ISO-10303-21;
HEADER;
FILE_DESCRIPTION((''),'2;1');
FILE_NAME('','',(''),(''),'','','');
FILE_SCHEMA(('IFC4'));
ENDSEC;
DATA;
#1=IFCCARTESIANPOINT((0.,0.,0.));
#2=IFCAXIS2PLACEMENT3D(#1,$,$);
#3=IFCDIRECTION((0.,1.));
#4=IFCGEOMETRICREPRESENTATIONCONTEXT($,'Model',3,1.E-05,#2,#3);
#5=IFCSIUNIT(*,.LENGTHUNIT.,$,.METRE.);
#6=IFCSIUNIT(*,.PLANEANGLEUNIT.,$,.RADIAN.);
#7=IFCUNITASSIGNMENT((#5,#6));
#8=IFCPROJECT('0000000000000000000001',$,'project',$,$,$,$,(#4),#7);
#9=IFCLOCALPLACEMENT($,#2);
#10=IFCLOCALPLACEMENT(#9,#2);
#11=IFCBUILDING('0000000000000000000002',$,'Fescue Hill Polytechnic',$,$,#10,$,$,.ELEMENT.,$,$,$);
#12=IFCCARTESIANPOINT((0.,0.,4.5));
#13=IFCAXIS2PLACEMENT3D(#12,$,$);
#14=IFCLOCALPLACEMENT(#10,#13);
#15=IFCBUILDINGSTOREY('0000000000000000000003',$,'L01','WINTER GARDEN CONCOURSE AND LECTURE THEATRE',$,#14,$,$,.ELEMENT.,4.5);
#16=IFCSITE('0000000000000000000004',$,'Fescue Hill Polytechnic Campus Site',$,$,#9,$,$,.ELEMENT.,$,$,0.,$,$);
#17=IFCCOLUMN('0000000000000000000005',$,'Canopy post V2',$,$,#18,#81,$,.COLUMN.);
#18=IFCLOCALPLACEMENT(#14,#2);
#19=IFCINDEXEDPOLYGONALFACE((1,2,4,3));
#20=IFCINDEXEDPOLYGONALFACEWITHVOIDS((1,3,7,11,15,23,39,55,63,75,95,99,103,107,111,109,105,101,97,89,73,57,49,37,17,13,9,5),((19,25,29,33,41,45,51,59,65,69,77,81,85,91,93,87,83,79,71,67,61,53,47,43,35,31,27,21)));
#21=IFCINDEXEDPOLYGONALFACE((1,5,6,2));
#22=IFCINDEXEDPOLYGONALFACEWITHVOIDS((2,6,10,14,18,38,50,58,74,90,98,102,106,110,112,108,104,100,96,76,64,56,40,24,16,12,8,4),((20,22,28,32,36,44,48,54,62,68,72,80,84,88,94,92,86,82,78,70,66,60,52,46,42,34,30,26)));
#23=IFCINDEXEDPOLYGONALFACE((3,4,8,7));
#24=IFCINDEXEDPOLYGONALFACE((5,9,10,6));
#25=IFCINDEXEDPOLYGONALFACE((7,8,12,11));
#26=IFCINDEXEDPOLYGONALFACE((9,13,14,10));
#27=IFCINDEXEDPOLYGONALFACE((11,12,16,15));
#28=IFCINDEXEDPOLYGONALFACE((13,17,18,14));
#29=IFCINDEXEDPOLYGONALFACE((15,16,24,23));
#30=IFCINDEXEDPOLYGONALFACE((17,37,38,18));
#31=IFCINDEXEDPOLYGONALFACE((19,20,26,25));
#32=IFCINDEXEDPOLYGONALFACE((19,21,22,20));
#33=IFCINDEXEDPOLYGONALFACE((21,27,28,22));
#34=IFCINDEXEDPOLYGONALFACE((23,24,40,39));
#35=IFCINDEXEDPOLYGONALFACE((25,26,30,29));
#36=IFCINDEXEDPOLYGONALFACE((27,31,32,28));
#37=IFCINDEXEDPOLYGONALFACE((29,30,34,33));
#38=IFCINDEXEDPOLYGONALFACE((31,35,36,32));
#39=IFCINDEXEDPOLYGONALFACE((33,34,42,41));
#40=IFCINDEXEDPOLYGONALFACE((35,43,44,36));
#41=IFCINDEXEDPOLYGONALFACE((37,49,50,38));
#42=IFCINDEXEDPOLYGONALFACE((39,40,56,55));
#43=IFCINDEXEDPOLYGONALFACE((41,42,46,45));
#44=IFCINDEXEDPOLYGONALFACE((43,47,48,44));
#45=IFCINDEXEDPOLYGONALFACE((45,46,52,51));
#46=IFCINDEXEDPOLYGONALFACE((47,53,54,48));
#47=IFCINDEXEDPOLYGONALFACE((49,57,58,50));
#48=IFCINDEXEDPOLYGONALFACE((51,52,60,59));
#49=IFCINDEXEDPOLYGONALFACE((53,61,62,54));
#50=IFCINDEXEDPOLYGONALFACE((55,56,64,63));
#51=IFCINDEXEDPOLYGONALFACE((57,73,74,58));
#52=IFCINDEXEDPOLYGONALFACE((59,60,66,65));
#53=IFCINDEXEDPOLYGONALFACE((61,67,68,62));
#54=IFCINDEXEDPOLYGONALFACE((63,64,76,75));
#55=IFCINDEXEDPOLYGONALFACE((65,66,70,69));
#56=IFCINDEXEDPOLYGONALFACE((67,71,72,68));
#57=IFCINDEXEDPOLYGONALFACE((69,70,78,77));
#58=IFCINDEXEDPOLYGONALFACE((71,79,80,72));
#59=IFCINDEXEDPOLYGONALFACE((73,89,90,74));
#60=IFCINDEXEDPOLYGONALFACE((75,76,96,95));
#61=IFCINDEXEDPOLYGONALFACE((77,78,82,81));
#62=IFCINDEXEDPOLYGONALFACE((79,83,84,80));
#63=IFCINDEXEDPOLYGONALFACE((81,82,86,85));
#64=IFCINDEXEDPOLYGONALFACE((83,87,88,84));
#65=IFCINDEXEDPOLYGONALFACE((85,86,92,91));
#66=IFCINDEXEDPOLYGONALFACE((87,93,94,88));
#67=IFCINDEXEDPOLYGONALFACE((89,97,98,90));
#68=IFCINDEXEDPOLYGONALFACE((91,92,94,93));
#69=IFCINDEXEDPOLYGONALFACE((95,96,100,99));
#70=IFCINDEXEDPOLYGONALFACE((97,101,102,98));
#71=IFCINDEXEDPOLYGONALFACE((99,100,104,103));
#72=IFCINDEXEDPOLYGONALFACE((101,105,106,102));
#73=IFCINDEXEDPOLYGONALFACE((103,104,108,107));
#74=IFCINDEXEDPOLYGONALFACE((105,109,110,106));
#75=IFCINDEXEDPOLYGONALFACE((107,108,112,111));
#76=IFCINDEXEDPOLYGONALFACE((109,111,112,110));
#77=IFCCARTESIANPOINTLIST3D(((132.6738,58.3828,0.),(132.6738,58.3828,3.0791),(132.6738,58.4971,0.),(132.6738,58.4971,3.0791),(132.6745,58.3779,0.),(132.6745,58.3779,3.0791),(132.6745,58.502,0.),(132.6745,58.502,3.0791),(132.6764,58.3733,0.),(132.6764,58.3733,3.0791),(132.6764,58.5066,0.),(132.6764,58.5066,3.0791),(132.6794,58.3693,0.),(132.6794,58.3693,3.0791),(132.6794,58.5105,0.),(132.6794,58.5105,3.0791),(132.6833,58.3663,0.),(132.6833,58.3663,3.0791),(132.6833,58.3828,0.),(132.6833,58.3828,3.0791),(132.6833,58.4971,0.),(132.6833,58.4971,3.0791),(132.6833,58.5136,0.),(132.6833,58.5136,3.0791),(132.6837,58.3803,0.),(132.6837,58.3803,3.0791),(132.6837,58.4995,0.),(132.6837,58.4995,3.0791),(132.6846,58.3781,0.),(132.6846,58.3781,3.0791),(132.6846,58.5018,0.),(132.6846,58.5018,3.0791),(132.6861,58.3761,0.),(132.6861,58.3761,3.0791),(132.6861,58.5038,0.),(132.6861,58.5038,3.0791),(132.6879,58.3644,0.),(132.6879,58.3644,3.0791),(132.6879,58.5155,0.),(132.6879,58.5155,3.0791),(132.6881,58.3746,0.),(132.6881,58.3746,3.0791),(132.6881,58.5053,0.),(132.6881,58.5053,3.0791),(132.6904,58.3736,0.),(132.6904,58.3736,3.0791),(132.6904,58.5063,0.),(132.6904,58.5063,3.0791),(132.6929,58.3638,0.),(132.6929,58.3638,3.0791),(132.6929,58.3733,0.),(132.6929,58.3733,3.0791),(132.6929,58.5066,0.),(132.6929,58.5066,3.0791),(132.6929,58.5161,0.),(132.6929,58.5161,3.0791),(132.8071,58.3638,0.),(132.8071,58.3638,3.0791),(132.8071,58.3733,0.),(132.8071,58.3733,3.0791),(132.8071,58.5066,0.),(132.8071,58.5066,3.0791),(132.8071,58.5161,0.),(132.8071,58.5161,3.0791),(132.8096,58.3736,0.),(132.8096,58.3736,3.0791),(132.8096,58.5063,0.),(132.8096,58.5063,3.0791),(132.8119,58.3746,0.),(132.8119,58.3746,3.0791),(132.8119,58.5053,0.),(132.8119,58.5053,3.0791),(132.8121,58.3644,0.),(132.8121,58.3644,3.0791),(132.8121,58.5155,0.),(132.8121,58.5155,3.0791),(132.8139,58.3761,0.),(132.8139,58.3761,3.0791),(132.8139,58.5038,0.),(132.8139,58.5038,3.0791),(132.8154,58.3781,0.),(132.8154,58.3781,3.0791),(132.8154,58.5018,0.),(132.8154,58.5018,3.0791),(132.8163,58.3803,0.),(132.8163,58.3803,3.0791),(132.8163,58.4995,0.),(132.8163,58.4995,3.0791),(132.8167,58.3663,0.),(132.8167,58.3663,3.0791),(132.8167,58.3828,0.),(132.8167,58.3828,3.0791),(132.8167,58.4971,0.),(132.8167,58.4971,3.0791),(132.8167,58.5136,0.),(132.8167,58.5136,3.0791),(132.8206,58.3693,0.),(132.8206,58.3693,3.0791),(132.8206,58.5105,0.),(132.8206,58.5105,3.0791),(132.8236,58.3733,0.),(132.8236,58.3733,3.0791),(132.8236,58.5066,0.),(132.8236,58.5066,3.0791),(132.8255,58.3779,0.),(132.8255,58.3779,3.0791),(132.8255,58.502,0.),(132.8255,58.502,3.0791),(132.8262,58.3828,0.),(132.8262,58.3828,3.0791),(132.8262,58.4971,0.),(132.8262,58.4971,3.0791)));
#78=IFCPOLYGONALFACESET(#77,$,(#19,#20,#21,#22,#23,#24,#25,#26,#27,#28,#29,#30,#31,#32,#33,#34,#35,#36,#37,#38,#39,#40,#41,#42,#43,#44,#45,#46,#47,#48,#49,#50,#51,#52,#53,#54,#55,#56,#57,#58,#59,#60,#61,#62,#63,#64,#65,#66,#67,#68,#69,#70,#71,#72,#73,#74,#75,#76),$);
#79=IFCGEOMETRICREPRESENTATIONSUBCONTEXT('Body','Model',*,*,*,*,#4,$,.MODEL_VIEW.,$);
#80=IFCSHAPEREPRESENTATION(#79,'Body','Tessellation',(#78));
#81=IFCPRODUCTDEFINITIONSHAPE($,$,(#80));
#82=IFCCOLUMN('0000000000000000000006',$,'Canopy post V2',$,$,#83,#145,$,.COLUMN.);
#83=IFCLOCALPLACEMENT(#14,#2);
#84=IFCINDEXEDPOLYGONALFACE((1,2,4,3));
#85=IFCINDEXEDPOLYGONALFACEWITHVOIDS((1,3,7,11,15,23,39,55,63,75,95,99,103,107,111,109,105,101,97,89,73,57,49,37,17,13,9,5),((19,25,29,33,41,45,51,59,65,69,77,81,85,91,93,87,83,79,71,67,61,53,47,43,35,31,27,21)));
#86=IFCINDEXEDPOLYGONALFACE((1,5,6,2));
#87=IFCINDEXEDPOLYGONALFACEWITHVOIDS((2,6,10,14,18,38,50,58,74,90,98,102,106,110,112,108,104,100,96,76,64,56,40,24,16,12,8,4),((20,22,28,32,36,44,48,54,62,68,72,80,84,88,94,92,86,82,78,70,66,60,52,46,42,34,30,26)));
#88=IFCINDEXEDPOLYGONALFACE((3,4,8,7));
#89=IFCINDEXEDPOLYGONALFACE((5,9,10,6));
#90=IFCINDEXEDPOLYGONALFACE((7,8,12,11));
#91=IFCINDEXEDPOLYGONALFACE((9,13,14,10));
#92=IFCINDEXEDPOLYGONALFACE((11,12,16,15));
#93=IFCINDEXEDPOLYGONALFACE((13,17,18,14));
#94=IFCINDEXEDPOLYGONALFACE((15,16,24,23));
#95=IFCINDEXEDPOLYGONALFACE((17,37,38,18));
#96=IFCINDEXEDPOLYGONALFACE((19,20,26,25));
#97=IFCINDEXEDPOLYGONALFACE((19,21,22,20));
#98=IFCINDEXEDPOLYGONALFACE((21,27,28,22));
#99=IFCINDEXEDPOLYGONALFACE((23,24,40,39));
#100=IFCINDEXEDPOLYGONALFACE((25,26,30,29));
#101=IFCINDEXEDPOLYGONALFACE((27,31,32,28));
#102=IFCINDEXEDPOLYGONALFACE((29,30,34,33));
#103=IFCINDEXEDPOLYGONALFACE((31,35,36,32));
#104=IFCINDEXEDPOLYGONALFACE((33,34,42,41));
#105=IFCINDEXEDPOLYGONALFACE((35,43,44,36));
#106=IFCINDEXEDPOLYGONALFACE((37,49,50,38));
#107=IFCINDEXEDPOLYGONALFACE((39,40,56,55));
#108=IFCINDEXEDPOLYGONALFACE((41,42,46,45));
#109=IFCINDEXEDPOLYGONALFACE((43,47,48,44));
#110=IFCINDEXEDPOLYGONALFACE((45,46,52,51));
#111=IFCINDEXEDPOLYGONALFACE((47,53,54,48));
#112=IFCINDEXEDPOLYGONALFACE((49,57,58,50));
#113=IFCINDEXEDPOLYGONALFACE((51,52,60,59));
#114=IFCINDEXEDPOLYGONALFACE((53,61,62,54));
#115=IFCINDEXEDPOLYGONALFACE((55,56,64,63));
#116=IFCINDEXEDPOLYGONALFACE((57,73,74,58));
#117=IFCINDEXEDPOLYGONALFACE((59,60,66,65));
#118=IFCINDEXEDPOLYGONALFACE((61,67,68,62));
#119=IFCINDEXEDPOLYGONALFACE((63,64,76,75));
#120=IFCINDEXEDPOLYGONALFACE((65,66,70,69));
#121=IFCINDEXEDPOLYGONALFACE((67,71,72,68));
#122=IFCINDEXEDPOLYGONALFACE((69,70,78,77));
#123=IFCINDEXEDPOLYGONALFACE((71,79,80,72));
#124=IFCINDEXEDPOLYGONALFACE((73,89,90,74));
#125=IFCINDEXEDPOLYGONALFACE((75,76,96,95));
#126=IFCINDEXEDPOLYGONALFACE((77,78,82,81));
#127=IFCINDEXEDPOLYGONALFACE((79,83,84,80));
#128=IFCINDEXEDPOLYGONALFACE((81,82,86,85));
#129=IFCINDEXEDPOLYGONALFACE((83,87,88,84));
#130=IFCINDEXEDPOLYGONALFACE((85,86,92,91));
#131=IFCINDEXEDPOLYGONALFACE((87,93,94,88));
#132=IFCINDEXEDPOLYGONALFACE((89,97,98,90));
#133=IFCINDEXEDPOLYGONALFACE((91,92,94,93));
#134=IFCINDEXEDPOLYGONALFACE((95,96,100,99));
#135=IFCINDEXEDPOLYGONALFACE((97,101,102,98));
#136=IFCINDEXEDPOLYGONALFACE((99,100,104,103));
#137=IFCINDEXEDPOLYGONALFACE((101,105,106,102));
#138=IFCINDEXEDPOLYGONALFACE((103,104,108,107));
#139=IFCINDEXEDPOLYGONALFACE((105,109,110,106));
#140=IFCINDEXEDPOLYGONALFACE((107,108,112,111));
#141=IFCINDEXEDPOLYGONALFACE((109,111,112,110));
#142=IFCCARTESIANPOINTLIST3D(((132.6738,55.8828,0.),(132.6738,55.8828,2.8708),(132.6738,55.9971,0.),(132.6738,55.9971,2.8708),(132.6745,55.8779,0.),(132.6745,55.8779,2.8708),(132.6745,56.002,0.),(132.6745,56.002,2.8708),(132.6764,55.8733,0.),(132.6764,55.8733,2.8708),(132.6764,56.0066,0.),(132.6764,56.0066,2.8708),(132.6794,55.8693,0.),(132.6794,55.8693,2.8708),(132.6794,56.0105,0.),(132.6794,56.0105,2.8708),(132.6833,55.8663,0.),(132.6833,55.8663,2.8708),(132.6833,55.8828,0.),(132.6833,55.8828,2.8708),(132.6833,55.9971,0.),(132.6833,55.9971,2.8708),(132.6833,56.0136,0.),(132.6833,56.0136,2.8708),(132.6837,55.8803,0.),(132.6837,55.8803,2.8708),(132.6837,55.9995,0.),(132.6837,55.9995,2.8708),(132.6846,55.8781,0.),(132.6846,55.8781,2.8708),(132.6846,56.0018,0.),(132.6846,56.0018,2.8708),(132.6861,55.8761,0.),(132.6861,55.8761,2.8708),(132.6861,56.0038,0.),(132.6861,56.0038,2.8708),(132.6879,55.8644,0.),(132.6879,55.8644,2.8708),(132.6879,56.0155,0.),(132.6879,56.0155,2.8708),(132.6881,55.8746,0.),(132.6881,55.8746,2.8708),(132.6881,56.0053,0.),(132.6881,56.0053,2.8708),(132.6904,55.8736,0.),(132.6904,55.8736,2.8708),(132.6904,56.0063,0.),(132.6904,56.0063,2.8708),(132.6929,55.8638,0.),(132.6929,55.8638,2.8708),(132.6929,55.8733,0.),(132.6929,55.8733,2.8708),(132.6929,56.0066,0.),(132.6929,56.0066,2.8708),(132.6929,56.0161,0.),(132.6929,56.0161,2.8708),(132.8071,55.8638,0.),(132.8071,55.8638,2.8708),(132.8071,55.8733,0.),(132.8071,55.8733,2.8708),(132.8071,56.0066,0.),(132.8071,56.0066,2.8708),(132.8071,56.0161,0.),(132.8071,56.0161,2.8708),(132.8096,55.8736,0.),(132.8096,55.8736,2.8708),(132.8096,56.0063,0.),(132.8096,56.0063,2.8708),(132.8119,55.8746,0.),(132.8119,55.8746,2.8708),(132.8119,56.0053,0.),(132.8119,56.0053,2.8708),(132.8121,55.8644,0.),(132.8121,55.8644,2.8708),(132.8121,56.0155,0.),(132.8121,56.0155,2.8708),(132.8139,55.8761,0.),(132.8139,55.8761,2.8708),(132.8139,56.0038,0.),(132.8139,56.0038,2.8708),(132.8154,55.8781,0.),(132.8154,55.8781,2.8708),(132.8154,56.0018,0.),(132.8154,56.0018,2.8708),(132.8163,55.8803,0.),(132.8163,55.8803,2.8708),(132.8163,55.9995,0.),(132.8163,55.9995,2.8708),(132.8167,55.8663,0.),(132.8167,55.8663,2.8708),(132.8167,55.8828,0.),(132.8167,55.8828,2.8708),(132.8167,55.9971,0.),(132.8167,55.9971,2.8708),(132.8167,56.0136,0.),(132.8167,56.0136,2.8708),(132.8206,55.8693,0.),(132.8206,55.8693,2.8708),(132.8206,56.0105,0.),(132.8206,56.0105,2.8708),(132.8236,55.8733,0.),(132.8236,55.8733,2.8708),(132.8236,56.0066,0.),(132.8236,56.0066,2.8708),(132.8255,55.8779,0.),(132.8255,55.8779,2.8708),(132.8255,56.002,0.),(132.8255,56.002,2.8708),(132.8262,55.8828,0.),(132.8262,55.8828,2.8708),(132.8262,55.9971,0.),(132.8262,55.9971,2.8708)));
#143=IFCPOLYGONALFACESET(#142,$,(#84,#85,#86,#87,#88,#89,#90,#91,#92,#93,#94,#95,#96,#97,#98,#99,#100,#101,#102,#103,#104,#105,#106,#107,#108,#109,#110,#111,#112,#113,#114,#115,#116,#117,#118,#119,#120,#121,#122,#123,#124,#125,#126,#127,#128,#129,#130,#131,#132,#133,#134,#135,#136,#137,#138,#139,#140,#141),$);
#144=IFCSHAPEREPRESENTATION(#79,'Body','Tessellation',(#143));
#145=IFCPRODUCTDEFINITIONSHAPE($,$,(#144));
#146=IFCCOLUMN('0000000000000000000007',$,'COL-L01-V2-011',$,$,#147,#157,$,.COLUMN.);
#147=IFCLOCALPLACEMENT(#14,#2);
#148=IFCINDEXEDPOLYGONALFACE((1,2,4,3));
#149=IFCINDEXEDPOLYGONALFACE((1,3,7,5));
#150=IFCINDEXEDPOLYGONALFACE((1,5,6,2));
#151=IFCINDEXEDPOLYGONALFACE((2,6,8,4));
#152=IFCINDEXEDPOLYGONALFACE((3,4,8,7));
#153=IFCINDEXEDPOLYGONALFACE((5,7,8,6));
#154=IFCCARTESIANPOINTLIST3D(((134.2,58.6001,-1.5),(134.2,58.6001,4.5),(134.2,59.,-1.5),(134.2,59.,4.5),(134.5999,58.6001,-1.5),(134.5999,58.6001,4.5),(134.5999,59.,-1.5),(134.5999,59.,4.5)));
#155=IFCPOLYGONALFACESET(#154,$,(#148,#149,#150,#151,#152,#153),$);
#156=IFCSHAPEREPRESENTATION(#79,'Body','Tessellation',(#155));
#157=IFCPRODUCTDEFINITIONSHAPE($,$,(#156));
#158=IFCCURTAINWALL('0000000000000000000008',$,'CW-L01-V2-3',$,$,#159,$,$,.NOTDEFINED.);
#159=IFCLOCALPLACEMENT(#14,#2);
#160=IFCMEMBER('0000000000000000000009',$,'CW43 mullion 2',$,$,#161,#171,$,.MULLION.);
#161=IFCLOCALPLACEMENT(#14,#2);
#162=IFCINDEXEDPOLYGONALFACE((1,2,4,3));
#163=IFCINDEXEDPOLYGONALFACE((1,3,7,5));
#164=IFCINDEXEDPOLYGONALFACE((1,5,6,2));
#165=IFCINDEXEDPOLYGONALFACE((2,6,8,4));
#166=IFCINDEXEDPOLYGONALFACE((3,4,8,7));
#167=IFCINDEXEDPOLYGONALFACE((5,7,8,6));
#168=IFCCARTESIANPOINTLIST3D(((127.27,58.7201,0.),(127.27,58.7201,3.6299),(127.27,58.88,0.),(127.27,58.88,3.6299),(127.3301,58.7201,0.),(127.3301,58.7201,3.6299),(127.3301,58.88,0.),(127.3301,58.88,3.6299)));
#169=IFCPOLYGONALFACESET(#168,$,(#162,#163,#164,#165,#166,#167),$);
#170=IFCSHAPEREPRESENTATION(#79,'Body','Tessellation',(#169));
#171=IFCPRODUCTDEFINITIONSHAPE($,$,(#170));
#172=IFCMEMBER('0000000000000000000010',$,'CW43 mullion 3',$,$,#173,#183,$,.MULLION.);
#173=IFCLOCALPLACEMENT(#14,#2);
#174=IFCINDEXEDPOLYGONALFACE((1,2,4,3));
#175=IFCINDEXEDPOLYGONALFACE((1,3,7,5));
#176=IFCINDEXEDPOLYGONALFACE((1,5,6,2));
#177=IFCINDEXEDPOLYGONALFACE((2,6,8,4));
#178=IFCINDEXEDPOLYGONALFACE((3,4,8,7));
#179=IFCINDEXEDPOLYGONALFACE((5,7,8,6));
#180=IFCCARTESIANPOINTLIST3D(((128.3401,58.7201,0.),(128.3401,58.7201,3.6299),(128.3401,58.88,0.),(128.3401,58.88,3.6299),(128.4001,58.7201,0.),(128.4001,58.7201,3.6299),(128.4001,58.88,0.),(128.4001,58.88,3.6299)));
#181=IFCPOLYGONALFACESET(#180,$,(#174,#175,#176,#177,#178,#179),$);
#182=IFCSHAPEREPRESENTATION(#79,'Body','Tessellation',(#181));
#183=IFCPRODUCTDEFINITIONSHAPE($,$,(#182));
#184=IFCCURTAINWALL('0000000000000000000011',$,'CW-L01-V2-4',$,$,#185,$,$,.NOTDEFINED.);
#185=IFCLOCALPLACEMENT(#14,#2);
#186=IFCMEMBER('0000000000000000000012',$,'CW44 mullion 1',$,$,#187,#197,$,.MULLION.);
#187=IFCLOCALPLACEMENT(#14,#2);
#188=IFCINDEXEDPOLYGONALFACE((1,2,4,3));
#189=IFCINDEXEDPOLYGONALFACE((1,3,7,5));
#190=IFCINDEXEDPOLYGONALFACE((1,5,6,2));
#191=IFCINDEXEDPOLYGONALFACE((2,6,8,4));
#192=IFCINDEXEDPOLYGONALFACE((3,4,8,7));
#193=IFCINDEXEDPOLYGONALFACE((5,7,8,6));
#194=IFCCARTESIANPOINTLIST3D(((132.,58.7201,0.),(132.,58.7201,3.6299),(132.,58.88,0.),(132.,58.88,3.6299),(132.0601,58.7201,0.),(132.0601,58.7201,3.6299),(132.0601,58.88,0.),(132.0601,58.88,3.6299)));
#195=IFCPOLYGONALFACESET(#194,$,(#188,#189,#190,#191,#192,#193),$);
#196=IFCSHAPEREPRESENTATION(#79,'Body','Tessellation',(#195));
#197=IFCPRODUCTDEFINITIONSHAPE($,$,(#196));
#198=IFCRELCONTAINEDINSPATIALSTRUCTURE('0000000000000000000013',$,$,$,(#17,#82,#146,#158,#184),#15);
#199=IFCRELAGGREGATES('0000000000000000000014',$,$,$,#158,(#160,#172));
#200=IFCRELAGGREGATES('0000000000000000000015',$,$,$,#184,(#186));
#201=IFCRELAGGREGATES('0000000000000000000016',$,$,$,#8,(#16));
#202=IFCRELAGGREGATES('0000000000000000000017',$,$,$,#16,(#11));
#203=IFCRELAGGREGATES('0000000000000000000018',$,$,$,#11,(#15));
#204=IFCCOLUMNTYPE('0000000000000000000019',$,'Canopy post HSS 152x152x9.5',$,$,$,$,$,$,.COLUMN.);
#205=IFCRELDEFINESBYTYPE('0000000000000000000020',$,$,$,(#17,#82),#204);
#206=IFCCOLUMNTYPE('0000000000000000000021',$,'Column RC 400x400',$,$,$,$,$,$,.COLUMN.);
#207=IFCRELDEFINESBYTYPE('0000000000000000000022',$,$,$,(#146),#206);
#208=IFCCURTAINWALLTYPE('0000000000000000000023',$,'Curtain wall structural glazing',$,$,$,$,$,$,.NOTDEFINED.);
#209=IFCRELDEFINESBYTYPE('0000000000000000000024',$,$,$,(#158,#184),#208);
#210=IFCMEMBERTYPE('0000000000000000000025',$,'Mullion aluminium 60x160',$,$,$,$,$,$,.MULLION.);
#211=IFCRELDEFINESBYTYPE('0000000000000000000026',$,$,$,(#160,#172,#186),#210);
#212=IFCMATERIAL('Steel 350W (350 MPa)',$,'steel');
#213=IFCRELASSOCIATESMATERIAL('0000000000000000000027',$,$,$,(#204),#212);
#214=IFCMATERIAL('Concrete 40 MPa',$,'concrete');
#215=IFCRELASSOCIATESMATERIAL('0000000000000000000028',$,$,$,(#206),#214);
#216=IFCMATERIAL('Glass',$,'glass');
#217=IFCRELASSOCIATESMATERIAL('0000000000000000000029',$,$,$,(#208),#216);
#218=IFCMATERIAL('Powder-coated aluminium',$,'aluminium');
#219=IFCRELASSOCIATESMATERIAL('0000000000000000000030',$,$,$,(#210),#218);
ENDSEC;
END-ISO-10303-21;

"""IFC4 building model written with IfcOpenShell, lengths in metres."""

from ifc_helpers import new_model, si_unit, direction, frame, origin, origin_2d, place, context, subcontext, project, spatial, rectangle, hollow_rectangle, extrude, material, material_profile, profile_set, type_object, element, aggregate, save


model = new_model("IFC4")

# Units and contexts
model_context = context("Model", 3, precision=1e-05, world=origin(), true_north=direction((0.0, 1.0)))
body_context = subcontext(model_context, "Body", "Model", "MODEL_VIEW")
ifc_project = project(units=[si_unit("LENGTHUNIT", "METRE"), si_unit("PLANEANGLEUNIT", "RADIAN")], contexts=[model_context])

# Site, building, storey
site_placement = place(None, origin())
site = spatial("IfcSite", under=ifc_project, at=site_placement, Name="Fescue Hill Polytechnic Campus Site", CompositionType="ELEMENT", RefElevation=0.0)
building_placement = place(site_placement, origin())
building = spatial("IfcBuilding", under=site, at=building_placement, Name="Fescue Hill Polytechnic", CompositionType="ELEMENT")
storey_placement = place(building_placement, frame((0.0, 0.0, 4.5)))
storey = spatial("IfcBuildingStorey", under=building, at=storey_placement, Name="L01", Description="WINTER GARDEN CONCOURSE AND LECTURE THEATRE", CompositionType="ELEMENT", Elevation=4.5)

# Columns
ifc_material_1 = material(Name="Steel 350W (350 MPa)", Category="steel")
ifc_material_profile_1 = material_profile(ifc_material_1, hollow_rectangle(XDim=0.1523, YDim=0.1523, WallThickness=0.0095, InnerFilletRadius=0.0095, OuterFilletRadius=0.019, at=origin_2d()), Name="Canopy post HSS 152x152x9.5")
ifc_profile_set_1 = profile_set([ifc_material_profile_1], Name="Steel 350W (350 MPa)")
column_type_1 = type_object("IfcColumnType", Name="Canopy post HSS 152x152x9.5", PredefinedType="COLUMN", material=ifc_profile_set_1)
column_1_placement = place(storey_placement, frame((132.75, 58.4399, 0.0), z_axis=(0.0, 0.0, 1.0), x_axis=(1.0, 0.0, 0.0)))
element("IfcColumn", 1, at=column_1_placement, inside=storey, type_object=column_type_1, Name="Canopy post V2", PredefinedType="COLUMN", context=body_context, shape_type="SweptSolid", body=[
    extrude(hollow_rectangle(XDim=0.1523, YDim=0.1523, WallThickness=0.0095, InnerFilletRadius=0.0095, OuterFilletRadius=0.019, at=origin_2d()), origin(), (0.0, 0.0, 1.0), 3.0791),
])
column_2_placement = place(storey_placement, frame((132.75, 55.9399, 0.0), z_axis=(0.0, 0.0, 1.0), x_axis=(1.0, 0.0, 0.0)))
element("IfcColumn", 2, at=column_2_placement, inside=storey, type_object=column_type_1, Name="Canopy post V2", PredefinedType="COLUMN", context=body_context, shape_type="SweptSolid", body=[
    extrude(hollow_rectangle(XDim=0.1523, YDim=0.1523, WallThickness=0.0095, InnerFilletRadius=0.0095, OuterFilletRadius=0.019, at=origin_2d()), origin(), (0.0, 0.0, 1.0), 2.8708),
])
ifc_material_2 = material(Name="Concrete 40 MPa", Category="concrete")
ifc_material_profile_2 = material_profile(ifc_material_2, rectangle(XDim=0.3999, YDim=0.3999, at=origin_2d()), Name="RC 400x400")
ifc_profile_set_2 = profile_set([ifc_material_profile_2], Name="Concrete 40 MPa")
column_type_2 = type_object("IfcColumnType", Name="Column RC 400x400", PredefinedType="COLUMN", material=ifc_profile_set_2)
column_3_placement = place(storey_placement, frame((134.3999, 58.8, -1.5), z_axis=(0.0, 0.0, 1.0), x_axis=(1.0, 0.0, 0.0)))
element("IfcColumn", 3, at=column_3_placement, inside=storey, type_object=column_type_2, Name="COL-L01-V2-011", PredefinedType="COLUMN", context=body_context, shape_type="SweptSolid", body=[
    extrude(rectangle(XDim=0.3999, YDim=0.3999, at=origin_2d()), origin(), (0.0, 0.0, 1.0), 6.0),
])

# Curtain walls, members
ifc_material_3 = material(Name="Glass", Category="glass")
curtain_wall_type = type_object("IfcCurtainWallType", Name="Curtain wall structural glazing", PredefinedType="NOTDEFINED", material=ifc_material_3)
curtain_wall_1_placement = place(storey_placement, origin())
curtain_wall_1 = element("IfcCurtainWall", 4, at=curtain_wall_1_placement, inside=storey, type_object=curtain_wall_type, Name="CW-L01-V2-3", PredefinedType="NOTDEFINED")
ifc_material_4 = material(Name="Powder-coated aluminium", Category="aluminium")
ifc_material_profile_3 = material_profile(ifc_material_4, rectangle(XDim=0.1599, YDim=0.0601, at=origin_2d()), Name="Mullion aluminium 60x160")
ifc_profile_set_3 = profile_set([ifc_material_profile_3], Name="Powder-coated aluminium")
member_type_1 = type_object("IfcMemberType", Name="Mullion aluminium 60x160", PredefinedType="MULLION", material=ifc_profile_set_3)
member_1_placement = place(storey_placement, frame((127.3, 58.8, 0.0), z_axis=(0.0, 0.0, 1.0), x_axis=(0.0, 1.0, 0.0)))
member_1 = element("IfcMember", 5, at=member_1_placement, type_object=member_type_1, Name="CW43 mullion 2", PredefinedType="MULLION", context=body_context, shape_type="SweptSolid", body=[
    extrude(rectangle(XDim=0.1599, YDim=0.0601, at=origin_2d()), origin(), (0.0, 0.0, 1.0), 3.6299),
])
member_2_placement = place(storey_placement, frame((128.3701, 58.8, 0.0), z_axis=(0.0, 0.0, 1.0), x_axis=(0.0, 1.0, 0.0)))
member_2 = element("IfcMember", 6, at=member_2_placement, type_object=member_type_1, Name="CW43 mullion 3", PredefinedType="MULLION", context=body_context, shape_type="SweptSolid", body=[
    extrude(rectangle(XDim=0.1599, YDim=0.0601, at=origin_2d()), origin(), (0.0, 0.0, 1.0), 3.6299),
])
curtain_wall_2_placement = place(storey_placement, origin())
curtain_wall_2 = element("IfcCurtainWall", 7, at=curtain_wall_2_placement, inside=storey, type_object=curtain_wall_type, Name="CW-L01-V2-4", PredefinedType="NOTDEFINED")
member_3_placement = place(storey_placement, frame((132.03, 58.8, 0.0), z_axis=(0.0, 0.0, 1.0), x_axis=(0.0, 1.0, 0.0)))
member_3 = element("IfcMember", 8, at=member_3_placement, type_object=member_type_1, Name="CW44 mullion 1", PredefinedType="MULLION", context=body_context, shape_type="SweptSolid", body=[
    extrude(rectangle(XDim=0.1599, YDim=0.0601, at=origin_2d()), origin(), (0.0, 0.0, 1.0), 3.6299),
])

aggregate(curtain_wall_1, [member_1, member_2])
aggregate(curtain_wall_2, [member_3])

save(model, "model.ifc")
